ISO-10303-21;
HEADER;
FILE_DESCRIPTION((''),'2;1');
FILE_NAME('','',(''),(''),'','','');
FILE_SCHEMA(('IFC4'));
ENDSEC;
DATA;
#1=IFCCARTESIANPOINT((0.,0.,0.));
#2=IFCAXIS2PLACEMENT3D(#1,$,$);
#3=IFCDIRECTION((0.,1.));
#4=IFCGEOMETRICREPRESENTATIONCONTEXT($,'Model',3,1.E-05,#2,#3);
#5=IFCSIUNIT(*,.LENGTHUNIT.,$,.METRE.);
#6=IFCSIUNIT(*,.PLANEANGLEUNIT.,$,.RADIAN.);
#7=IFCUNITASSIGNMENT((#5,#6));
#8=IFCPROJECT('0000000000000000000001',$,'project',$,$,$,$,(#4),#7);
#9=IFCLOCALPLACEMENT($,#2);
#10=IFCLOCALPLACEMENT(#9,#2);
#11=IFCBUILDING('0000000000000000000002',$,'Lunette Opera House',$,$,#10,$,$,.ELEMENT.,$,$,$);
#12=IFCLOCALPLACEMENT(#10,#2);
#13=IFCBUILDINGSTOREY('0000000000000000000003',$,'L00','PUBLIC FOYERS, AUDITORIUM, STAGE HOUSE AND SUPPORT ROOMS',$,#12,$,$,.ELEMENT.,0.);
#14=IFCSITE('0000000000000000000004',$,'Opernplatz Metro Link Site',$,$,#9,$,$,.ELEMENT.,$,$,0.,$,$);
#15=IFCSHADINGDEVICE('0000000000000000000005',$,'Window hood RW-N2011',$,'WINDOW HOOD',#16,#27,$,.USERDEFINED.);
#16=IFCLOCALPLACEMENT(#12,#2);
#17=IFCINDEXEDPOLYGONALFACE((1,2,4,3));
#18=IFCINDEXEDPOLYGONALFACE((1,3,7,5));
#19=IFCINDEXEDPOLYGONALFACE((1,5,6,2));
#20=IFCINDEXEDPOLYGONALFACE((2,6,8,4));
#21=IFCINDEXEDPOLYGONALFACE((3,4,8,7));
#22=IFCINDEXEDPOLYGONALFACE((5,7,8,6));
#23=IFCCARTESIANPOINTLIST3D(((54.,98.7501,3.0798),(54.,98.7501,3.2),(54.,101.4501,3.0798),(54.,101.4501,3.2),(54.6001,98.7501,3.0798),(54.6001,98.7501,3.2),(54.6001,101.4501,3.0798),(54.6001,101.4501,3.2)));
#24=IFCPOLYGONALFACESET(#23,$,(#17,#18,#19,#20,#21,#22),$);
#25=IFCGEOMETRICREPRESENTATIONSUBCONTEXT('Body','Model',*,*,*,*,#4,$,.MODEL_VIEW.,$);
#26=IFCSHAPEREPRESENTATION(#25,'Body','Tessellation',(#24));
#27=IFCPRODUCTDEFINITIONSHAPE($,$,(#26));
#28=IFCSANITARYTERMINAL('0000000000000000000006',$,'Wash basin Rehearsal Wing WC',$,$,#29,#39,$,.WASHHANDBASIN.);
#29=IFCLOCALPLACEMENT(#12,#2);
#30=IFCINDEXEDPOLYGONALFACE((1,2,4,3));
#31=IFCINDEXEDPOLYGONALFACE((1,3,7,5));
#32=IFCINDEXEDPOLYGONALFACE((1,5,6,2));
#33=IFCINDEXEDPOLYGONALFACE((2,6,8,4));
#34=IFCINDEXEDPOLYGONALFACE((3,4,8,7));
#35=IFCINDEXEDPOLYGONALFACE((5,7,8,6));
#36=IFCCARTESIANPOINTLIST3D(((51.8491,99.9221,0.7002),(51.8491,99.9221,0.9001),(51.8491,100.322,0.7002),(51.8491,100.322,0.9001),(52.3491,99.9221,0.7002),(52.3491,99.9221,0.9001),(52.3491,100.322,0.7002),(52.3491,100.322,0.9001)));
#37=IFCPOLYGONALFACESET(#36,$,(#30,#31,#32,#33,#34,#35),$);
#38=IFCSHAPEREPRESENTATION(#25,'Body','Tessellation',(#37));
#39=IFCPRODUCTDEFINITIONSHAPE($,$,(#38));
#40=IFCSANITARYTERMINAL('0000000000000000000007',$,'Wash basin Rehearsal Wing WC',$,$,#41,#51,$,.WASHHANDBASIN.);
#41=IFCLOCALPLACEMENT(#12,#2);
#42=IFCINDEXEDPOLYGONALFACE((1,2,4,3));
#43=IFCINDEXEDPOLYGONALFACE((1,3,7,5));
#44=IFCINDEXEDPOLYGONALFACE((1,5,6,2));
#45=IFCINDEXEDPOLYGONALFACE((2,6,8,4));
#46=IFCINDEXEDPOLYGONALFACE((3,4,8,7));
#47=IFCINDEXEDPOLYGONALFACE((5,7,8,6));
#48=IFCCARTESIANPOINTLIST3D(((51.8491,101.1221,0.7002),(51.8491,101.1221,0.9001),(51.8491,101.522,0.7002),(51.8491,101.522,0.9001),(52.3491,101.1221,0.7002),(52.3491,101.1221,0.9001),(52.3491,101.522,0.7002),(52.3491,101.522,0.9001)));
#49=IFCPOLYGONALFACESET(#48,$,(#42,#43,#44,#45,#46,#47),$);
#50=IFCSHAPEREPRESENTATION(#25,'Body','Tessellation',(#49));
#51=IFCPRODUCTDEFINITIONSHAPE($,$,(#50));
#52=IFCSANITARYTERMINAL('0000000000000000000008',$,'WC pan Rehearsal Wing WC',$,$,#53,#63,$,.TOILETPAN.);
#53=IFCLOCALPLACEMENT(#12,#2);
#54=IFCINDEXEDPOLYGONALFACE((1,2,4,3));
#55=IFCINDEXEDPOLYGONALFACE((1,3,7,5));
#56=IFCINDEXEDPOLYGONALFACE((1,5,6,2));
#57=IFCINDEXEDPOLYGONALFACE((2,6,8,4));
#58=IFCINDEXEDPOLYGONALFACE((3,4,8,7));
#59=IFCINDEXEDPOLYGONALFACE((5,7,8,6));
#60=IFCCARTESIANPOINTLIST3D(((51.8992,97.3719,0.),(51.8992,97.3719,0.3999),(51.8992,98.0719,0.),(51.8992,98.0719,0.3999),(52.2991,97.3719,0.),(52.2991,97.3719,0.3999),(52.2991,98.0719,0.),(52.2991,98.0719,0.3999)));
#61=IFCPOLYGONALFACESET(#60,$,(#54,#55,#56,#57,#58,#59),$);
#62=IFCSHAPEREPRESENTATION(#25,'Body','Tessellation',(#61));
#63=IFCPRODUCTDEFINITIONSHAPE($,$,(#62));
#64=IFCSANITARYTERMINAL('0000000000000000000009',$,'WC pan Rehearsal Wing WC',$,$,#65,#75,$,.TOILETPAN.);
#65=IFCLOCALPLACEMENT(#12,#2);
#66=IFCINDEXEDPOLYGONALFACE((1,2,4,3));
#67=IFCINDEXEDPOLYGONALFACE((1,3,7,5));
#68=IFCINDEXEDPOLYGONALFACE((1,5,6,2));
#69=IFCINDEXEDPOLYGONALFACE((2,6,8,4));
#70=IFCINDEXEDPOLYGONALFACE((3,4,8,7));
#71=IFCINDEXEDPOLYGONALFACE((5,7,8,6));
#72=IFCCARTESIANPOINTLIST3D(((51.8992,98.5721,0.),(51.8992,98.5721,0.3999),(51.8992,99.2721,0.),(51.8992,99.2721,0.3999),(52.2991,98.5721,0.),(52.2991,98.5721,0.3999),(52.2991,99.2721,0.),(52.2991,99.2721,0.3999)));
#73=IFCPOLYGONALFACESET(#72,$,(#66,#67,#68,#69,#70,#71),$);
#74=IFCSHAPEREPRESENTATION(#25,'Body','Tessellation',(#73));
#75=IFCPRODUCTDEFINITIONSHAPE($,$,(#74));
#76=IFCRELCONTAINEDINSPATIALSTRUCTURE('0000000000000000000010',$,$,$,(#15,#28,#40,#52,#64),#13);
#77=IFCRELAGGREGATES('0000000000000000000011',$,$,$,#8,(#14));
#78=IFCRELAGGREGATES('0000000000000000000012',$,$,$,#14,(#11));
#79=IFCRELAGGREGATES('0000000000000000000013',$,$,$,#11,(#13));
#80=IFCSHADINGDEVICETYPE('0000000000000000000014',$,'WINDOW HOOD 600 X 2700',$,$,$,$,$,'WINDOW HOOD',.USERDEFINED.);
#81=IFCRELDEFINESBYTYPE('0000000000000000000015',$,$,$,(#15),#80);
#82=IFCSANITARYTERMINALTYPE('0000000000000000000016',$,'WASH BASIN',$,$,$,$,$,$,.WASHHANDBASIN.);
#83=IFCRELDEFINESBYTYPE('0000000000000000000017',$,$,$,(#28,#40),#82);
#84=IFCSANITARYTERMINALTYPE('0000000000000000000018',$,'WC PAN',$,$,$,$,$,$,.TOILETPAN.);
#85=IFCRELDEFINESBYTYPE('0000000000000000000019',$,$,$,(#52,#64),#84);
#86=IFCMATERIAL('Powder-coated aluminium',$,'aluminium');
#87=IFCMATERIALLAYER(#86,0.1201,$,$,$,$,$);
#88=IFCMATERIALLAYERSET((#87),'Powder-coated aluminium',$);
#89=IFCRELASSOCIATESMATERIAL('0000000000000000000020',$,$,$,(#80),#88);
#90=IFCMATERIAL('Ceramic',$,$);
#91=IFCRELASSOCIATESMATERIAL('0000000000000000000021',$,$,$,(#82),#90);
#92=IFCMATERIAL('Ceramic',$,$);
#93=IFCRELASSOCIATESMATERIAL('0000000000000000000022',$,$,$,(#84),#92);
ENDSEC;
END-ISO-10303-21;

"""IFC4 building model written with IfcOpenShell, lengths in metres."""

from ifc_helpers import new_model, si_unit, direction, frame, origin, origin_2d, place, context, subcontext, project, spatial, rectangle, extrude, material, layer, layer_set, type_object, element, save


model = new_model("IFC4")

# Units and contexts
model_context = context("Model", 3, precision=1e-05, world=origin(), true_north=direction((0.0, 1.0)))
body_context = subcontext(model_context, "Body", "Model", "MODEL_VIEW")
ifc_project = project(units=[si_unit("LENGTHUNIT", "METRE"), si_unit("PLANEANGLEUNIT", "RADIAN")], contexts=[model_context])

# Site, building, storey
site_placement = place(None, origin())
site = spatial("IfcSite", under=ifc_project, at=site_placement, Name="Opernplatz Metro Link Site", CompositionType="ELEMENT", RefElevation=0.0)
building_placement = place(site_placement, origin())
building = spatial("IfcBuilding", under=site, at=building_placement, Name="Lunette Opera House", CompositionType="ELEMENT")
storey_placement = place(building_placement, origin())
storey = spatial("IfcBuildingStorey", under=building, at=storey_placement, Name="L00", Description="PUBLIC FOYERS, AUDITORIUM, STAGE HOUSE AND SUPPORT ROOMS", CompositionType="ELEMENT", Elevation=0.0)

# Shading device
ifc_material_1 = material(Name="Powder-coated aluminium", Category="aluminium")
ifc_layer_1 = layer(ifc_material_1, 0.1201)
ifc_layer_set_1 = layer_set([ifc_layer_1], Name="Powder-coated aluminium")
shading_device_type = type_object("IfcShadingDeviceType", Name="WINDOW HOOD 600 X 2700", ElementType="WINDOW HOOD", PredefinedType="USERDEFINED", material=ifc_layer_set_1)
shading_device_placement = place(storey_placement, frame((54.3, 100.1001, 3.0798), z_axis=(0.0, 0.0, 1.0), x_axis=(1.0, 0.0, 0.0)))
element("IfcShadingDevice", 1, at=shading_device_placement, inside=storey, type_object=shading_device_type, Name="Window hood RW-N2011", ObjectType="WINDOW HOOD", PredefinedType="USERDEFINED", context=body_context, shape_type="SweptSolid", body=[
    extrude(rectangle(XDim=0.6001, YDim=2.7, at=origin_2d()), origin(), (0.0, 0.0, 1.0), 0.1201),
])

# Sanitary terminals
ifc_material_2 = material(Name="Ceramic")
sanitary_terminal_type_1 = type_object("IfcSanitaryTerminalType", Name="WASH BASIN", PredefinedType="WASHHANDBASIN", material=ifc_material_2)
for number, where, z_axis, x_axis, name in (
    (2, (52.0991, 100.1221, 0.7002), (0.0, 0.0, 1.0), (1.0, 0.0, 0.0), "Wash basin Rehearsal Wing WC"),
    (3, (52.0991, 101.322, 0.7002), (0.0, 0.0, 1.0), (1.0, 0.0, 0.0), "Wash basin Rehearsal Wing WC"),
):
    element("IfcSanitaryTerminal", number, at=place(storey_placement, frame(where, z_axis=z_axis, x_axis=x_axis)), inside=storey, type_object=sanitary_terminal_type_1, Name=name, PredefinedType="WASHHANDBASIN", context=body_context, shape_type="SweptSolid", body=[
        extrude(rectangle(XDim=0.5, YDim=0.3999, at=origin_2d()), origin(), (0.0, 0.0, 1.0), 0.2),
    ])
ifc_material_3 = material(Name="Ceramic")
sanitary_terminal_type_2 = type_object("IfcSanitaryTerminalType", Name="WC PAN", PredefinedType="TOILETPAN", material=ifc_material_3)
for number, where, z_axis, x_axis, name in (
    (4, (52.0991, 97.7219, 0.0), (0.0, 0.0, 1.0), (1.0, 0.0, 0.0), "WC pan Rehearsal Wing WC"),
    (5, (52.0991, 98.9221, 0.0), (0.0, 0.0, 1.0), (1.0, 0.0, 0.0), "WC pan Rehearsal Wing WC"),
):
    element("IfcSanitaryTerminal", number, at=place(storey_placement, frame(where, z_axis=z_axis, x_axis=x_axis)), inside=storey, type_object=sanitary_terminal_type_2, Name=name, PredefinedType="TOILETPAN", context=body_context, shape_type="SweptSolid", body=[
        extrude(rectangle(XDim=0.3999, YDim=0.7, at=origin_2d()), origin(), (0.0, 0.0, 1.0), 0.3999),
    ])

save(model, "model.ifc")
